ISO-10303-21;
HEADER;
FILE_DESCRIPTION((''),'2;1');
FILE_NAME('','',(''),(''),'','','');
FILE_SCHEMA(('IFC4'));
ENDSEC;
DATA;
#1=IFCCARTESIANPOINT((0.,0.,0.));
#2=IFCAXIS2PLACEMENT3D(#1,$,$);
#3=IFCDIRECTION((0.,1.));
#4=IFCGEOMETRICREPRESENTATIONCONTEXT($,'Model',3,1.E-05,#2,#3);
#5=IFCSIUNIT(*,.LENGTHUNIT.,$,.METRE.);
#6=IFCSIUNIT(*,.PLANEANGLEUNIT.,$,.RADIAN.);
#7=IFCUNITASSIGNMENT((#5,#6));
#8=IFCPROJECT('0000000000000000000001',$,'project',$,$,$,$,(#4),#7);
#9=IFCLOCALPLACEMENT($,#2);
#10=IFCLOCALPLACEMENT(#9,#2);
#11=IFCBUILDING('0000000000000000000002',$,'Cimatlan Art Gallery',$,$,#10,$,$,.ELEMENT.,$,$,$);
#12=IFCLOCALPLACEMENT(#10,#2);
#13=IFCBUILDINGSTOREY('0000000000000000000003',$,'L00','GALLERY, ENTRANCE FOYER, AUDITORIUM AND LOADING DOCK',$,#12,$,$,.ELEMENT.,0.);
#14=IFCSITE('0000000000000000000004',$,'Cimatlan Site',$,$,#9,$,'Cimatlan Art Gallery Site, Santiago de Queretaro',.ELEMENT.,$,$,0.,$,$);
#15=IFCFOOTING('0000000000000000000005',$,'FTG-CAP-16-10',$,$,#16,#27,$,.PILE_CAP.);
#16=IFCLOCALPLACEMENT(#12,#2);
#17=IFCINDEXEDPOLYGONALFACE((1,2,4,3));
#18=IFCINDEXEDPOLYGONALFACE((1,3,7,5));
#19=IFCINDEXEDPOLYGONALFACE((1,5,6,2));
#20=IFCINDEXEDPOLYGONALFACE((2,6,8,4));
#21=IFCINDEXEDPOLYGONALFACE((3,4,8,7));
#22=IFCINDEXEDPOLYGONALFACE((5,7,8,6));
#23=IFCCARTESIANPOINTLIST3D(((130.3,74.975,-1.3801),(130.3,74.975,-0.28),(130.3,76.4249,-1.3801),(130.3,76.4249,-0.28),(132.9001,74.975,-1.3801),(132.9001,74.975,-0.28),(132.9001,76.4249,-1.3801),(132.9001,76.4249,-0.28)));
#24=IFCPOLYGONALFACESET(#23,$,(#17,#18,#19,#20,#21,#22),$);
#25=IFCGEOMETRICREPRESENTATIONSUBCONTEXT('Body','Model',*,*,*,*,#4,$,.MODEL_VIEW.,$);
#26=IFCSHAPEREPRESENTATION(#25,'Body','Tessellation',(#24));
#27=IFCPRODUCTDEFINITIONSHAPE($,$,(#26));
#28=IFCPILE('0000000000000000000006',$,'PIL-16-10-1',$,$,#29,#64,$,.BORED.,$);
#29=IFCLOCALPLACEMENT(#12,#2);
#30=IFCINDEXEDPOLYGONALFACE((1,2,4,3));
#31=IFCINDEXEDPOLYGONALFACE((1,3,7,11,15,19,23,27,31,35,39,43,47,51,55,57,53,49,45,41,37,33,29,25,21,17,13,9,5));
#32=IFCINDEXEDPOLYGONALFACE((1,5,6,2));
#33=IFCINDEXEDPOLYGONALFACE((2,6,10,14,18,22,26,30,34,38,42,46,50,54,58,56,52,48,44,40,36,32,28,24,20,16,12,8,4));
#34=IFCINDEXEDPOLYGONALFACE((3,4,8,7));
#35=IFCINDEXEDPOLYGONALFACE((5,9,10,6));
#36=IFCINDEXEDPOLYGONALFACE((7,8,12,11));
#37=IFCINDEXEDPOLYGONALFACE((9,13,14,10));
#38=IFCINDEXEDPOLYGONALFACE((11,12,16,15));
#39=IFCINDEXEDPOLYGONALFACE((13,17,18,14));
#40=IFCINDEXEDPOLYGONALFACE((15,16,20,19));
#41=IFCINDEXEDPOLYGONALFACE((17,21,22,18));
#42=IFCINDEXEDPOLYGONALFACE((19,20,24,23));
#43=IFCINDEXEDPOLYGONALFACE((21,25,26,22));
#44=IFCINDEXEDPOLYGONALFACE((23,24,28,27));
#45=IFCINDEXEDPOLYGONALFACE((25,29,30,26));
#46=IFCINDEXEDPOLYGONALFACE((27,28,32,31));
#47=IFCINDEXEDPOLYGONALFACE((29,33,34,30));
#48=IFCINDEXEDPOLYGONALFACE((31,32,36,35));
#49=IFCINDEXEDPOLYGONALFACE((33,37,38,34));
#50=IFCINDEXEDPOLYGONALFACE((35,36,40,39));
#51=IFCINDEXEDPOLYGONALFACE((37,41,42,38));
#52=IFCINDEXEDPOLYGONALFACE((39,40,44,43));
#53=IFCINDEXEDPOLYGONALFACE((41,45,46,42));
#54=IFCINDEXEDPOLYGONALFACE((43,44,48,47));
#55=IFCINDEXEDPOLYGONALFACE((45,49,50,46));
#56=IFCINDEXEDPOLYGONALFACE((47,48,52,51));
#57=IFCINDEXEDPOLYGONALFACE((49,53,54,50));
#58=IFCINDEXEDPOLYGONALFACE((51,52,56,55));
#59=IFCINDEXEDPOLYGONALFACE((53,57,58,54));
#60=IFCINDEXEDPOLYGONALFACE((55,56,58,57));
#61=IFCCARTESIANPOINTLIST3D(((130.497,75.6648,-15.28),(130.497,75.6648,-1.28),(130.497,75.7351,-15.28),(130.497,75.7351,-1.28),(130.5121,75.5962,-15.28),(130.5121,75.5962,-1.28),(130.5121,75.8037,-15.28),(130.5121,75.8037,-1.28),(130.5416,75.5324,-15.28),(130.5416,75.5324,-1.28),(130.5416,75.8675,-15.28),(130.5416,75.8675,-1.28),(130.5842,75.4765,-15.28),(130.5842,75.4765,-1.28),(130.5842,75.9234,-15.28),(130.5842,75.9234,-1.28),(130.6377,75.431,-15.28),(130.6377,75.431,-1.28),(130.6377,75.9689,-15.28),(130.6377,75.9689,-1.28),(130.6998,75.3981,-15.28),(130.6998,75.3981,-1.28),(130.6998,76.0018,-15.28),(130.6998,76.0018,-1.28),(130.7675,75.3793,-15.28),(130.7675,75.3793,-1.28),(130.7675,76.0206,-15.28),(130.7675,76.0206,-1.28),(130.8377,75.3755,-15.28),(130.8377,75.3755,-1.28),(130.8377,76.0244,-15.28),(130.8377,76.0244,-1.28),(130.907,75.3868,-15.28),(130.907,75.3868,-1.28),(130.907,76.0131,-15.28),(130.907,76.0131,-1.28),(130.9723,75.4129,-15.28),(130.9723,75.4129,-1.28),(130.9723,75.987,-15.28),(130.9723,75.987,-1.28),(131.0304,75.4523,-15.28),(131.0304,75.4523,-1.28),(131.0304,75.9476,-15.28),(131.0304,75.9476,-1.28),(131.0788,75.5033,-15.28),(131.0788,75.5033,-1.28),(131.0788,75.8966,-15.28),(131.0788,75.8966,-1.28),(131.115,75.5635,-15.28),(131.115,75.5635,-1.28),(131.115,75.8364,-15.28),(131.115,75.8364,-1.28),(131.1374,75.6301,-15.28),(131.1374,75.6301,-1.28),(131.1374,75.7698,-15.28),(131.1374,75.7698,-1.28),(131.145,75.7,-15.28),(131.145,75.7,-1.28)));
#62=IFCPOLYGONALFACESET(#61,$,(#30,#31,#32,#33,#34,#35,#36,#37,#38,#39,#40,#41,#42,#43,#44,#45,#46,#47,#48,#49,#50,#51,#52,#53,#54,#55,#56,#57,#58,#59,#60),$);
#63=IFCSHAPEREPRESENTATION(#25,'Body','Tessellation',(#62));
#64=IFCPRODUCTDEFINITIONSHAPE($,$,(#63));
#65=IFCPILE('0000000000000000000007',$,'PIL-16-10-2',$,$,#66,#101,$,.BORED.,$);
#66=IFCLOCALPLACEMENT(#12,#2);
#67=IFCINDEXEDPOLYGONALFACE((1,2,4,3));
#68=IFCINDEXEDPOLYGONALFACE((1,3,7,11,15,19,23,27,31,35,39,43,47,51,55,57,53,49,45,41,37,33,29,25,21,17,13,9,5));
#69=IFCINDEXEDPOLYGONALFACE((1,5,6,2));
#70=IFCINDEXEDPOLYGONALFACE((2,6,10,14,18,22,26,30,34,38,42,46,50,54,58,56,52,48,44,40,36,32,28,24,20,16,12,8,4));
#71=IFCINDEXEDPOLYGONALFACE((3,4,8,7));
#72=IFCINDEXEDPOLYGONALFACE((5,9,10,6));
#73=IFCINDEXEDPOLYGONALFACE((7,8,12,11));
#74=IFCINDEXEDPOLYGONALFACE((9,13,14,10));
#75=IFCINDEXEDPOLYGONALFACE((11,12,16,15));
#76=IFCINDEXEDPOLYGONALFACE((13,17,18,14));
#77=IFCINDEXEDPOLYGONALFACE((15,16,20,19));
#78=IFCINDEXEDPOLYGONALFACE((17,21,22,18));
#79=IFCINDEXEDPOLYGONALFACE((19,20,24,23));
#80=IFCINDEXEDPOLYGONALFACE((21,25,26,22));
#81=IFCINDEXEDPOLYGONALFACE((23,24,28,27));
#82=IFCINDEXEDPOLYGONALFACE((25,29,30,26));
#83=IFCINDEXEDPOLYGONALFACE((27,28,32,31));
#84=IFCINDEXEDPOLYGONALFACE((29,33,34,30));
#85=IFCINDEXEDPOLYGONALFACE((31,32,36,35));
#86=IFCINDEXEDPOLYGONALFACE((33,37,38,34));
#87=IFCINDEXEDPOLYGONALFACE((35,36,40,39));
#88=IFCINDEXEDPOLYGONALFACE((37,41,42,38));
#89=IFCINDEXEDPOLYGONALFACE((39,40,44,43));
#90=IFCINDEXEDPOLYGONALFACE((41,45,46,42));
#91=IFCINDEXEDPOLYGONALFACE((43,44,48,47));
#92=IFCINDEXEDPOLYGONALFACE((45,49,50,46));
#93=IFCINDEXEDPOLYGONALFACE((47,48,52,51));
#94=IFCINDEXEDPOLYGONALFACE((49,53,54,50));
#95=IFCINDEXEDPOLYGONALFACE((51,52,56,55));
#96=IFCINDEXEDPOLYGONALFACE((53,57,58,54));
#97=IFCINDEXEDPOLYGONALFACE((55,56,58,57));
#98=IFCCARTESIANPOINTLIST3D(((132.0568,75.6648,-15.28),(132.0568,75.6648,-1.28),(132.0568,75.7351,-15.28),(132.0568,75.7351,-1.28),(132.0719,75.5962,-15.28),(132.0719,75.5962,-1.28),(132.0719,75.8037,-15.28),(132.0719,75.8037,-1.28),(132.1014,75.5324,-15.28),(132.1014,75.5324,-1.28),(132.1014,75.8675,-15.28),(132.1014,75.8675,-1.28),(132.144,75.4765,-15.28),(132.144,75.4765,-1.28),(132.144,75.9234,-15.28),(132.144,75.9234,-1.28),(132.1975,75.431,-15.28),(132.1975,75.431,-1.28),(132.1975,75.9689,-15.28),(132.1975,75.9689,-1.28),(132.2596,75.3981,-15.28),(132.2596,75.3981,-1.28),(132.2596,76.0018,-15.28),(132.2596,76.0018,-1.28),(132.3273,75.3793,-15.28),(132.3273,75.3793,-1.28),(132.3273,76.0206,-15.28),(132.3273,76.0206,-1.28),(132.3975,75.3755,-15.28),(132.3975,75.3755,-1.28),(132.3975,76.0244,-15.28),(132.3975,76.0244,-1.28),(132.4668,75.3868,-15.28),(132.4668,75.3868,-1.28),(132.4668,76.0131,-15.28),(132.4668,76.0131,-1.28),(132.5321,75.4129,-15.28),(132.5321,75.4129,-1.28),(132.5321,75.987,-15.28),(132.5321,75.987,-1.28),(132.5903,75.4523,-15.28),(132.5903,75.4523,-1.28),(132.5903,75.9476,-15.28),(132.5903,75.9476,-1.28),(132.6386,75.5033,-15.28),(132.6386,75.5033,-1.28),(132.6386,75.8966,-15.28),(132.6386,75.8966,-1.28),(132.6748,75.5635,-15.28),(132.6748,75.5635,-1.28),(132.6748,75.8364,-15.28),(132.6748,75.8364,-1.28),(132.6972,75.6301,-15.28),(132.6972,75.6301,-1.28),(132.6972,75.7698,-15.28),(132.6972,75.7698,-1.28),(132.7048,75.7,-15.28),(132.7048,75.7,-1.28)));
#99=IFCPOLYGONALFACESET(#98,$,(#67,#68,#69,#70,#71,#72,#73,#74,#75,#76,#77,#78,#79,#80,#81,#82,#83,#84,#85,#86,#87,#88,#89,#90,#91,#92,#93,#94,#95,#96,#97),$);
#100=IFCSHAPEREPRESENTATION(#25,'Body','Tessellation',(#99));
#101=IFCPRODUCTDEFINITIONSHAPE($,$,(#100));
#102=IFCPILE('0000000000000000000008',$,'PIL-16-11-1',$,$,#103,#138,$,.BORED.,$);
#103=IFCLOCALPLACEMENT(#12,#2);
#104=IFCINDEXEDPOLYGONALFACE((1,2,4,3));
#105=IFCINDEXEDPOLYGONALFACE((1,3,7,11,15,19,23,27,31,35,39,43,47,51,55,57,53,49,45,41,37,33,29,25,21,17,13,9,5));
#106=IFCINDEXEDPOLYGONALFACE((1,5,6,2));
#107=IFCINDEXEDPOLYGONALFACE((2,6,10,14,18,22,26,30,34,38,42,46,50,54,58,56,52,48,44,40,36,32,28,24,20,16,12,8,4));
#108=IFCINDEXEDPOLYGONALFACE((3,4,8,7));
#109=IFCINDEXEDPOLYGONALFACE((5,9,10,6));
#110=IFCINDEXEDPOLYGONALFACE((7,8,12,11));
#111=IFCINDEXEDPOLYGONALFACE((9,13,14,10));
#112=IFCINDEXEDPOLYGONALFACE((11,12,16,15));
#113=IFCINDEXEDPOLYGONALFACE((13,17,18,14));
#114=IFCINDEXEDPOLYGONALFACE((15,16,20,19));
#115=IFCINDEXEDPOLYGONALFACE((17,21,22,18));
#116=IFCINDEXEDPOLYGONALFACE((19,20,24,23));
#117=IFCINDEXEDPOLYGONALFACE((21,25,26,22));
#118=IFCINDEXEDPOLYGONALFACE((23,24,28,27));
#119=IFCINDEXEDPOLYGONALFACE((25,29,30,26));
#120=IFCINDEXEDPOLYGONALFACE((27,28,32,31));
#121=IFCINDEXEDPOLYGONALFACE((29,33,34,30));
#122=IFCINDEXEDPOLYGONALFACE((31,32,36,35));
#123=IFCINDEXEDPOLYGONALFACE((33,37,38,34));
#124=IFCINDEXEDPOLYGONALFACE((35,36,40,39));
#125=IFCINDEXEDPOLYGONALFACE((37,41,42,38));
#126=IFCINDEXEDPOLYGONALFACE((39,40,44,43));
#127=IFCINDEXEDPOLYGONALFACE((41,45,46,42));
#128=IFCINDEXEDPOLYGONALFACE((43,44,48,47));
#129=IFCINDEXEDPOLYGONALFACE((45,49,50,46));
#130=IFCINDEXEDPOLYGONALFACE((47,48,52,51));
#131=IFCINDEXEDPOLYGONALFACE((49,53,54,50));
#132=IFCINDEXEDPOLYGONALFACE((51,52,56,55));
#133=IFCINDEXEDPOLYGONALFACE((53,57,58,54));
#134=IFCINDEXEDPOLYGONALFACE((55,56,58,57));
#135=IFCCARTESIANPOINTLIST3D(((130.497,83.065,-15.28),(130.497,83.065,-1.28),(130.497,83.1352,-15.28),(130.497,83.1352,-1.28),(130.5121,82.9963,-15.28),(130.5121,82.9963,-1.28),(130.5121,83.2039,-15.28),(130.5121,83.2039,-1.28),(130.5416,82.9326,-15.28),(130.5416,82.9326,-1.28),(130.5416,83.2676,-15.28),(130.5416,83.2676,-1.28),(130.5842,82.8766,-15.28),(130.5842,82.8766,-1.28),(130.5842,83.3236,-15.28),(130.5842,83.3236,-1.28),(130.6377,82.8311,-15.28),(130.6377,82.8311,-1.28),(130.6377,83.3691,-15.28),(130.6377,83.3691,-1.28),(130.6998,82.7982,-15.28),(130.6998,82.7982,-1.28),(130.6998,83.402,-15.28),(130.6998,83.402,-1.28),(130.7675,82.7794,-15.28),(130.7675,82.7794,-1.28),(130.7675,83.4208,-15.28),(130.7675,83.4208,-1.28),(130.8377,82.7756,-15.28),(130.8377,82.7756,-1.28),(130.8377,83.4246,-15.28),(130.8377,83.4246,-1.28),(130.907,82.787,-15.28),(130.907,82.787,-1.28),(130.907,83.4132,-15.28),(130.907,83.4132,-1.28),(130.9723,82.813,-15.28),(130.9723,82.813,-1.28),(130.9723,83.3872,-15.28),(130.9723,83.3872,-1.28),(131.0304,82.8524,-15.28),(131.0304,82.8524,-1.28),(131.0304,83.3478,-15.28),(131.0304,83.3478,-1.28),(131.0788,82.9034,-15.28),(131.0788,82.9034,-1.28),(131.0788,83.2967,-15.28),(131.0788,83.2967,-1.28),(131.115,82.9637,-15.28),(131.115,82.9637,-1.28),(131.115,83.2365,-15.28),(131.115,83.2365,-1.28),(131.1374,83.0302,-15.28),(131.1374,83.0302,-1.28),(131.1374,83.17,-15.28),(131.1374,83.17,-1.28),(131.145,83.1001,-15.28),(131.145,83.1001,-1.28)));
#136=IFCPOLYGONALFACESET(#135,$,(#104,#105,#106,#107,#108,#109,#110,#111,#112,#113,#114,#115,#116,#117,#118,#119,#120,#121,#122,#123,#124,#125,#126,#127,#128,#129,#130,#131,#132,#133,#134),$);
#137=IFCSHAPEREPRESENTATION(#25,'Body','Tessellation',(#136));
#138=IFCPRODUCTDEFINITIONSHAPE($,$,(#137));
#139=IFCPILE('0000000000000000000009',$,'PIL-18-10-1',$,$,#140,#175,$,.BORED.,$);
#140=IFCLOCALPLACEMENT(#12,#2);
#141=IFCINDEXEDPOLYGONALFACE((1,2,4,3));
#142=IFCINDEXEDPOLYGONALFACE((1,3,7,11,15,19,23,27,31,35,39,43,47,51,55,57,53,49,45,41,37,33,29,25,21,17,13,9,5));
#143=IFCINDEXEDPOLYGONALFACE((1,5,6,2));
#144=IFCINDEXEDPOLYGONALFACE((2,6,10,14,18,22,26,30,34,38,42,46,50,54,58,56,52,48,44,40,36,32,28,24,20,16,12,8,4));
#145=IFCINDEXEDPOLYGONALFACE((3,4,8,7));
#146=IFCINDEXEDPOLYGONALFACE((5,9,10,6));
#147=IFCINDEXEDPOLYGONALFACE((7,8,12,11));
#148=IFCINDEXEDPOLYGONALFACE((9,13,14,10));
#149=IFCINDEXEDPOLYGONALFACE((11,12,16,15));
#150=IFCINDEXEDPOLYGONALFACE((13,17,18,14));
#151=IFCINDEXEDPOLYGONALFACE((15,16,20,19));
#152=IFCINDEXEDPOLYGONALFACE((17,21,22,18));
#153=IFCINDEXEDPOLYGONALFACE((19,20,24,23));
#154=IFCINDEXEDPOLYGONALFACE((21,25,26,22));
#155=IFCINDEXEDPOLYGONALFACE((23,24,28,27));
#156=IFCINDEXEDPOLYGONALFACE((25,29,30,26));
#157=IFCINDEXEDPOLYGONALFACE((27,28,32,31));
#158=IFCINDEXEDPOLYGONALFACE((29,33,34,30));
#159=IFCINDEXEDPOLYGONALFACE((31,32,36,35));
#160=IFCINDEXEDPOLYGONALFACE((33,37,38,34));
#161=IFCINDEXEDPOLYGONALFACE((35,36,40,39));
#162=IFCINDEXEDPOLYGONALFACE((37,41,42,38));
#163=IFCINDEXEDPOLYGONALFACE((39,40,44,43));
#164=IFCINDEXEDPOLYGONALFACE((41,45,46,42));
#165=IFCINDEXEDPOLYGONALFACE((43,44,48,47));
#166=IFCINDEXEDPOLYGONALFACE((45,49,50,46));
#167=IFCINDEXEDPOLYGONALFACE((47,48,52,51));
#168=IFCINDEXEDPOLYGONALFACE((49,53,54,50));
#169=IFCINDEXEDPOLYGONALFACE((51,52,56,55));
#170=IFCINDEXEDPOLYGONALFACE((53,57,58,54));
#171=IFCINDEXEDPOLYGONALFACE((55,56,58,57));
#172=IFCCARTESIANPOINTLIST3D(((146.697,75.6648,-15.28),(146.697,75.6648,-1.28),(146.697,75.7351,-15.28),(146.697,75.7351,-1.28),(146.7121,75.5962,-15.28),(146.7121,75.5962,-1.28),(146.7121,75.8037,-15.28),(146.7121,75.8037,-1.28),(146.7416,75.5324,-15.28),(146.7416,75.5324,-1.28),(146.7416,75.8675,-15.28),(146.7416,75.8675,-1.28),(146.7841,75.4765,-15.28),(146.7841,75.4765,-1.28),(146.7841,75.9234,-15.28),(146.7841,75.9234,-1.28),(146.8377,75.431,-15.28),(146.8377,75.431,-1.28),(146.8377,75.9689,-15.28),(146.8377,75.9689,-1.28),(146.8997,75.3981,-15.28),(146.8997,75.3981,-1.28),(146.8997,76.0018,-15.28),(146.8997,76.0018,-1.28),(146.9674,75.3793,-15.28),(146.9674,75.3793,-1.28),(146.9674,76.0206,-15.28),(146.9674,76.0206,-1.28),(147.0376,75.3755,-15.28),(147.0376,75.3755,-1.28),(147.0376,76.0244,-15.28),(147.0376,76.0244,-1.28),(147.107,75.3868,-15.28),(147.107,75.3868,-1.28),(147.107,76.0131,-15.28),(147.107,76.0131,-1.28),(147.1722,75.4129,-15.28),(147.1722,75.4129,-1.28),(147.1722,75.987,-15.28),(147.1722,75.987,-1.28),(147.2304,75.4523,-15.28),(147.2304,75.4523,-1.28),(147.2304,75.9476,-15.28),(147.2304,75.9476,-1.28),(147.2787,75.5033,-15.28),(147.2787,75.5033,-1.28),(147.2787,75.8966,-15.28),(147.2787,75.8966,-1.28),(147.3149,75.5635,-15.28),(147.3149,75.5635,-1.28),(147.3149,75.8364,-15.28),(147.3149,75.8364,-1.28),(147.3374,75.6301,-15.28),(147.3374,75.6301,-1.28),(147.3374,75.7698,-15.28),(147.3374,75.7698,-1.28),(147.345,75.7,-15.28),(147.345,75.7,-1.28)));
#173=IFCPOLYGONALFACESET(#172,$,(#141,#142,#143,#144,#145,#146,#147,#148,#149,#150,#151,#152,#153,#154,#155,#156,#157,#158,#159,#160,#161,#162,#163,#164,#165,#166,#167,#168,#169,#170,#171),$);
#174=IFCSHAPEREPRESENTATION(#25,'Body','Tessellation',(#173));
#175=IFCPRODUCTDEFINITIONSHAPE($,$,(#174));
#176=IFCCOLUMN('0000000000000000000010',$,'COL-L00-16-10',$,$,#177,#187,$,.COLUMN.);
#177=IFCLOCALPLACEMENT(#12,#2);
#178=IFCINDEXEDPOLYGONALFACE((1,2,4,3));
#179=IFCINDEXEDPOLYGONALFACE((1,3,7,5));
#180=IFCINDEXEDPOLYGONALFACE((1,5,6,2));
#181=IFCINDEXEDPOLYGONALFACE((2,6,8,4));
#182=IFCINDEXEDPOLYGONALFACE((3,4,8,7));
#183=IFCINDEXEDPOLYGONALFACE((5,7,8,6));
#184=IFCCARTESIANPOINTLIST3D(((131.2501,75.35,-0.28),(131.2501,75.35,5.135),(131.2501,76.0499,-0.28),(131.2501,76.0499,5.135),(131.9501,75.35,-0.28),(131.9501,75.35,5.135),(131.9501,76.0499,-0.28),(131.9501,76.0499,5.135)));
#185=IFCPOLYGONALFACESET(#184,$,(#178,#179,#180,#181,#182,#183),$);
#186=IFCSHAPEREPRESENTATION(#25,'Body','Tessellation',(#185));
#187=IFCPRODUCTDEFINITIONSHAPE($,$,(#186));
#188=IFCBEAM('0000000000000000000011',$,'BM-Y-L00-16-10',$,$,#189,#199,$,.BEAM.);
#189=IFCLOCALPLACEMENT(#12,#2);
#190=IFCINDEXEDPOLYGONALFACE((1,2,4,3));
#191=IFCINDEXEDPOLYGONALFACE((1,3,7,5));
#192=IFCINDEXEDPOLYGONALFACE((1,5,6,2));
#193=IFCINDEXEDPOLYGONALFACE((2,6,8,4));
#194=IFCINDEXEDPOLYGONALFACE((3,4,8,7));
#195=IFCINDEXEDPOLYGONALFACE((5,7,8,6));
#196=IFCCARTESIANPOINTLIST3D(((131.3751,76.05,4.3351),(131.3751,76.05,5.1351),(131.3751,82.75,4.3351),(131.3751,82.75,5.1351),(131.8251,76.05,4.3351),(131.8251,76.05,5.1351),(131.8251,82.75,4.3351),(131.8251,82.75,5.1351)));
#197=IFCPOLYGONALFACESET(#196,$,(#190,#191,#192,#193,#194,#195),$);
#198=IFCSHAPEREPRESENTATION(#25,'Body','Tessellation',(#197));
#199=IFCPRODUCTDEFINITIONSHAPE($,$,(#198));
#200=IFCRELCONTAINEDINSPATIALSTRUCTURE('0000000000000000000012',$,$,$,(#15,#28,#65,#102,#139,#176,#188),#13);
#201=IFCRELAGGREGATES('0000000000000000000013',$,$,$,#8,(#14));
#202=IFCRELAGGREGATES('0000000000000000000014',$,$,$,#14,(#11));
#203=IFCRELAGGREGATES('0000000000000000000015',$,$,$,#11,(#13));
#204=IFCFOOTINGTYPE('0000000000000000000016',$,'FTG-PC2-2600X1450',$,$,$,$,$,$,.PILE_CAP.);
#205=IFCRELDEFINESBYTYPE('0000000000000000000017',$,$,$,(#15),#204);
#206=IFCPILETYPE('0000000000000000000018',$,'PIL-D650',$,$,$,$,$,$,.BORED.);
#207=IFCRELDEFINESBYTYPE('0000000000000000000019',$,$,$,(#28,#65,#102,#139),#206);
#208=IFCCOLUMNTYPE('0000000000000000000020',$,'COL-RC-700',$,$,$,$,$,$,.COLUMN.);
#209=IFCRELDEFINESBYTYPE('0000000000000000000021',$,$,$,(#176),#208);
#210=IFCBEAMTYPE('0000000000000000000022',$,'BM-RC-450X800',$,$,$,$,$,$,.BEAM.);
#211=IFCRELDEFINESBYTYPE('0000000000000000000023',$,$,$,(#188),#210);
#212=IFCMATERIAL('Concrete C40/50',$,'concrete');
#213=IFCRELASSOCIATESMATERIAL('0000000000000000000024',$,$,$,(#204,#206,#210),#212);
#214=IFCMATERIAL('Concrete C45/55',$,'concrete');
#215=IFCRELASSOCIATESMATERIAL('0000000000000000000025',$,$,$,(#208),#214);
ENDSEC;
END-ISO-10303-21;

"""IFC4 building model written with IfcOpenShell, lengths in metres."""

from ifc_helpers import new_model, si_unit, direction, frame, origin, origin_2d, place, context, subcontext, project, spatial, rectangle, circle, extrude, material, material_profile, profile_set, type_object, element, save


model = new_model("IFC4")

# Units and contexts
model_context = context("Model", 3, precision=1e-05, world=origin(), true_north=direction((0.0, 1.0)))
body_context = subcontext(model_context, "Body", "Model", "MODEL_VIEW")
ifc_project = project(units=[si_unit("LENGTHUNIT", "METRE"), si_unit("PLANEANGLEUNIT", "RADIAN")], contexts=[model_context])

# Site, building, storey
site_placement = place(None, origin())
site = spatial("IfcSite", under=ifc_project, at=site_placement, Name="Cimatlan Site", LongName="Cimatlan Art Gallery Site, Santiago de Queretaro", CompositionType="ELEMENT", RefElevation=0.0)
building_placement = place(site_placement, origin())
building = spatial("IfcBuilding", under=site, at=building_placement, Name="Cimatlan Art Gallery", CompositionType="ELEMENT")
storey_placement = place(building_placement, origin())
storey = spatial("IfcBuildingStorey", under=building, at=storey_placement, Name="L00", Description="GALLERY, ENTRANCE FOYER, AUDITORIUM AND LOADING DOCK", CompositionType="ELEMENT", Elevation=0.0)

# Footing
ifc_material_1 = material(Name="Concrete C40/50", Category="concrete")
footing_type = type_object("IfcFootingType", Name="FTG-PC2-2600X1450", PredefinedType="PILE_CAP", material=ifc_material_1)
footing_placement = place(storey_placement, frame((131.6001, 75.7, -1.3801), z_axis=(0.0, 0.0, 1.0), x_axis=(1.0, 0.0, 0.0)))
element("IfcFooting", 1, at=footing_placement, inside=storey, type_object=footing_type, Name="FTG-CAP-16-10", PredefinedType="PILE_CAP", context=body_context, shape_type="SweptSolid", body=[
    extrude(rectangle(XDim=2.6001, YDim=1.45, at=origin_2d()), origin(), (0.0, 0.0, 1.0), 1.1001),
])

# Piles
pile_type = type_object("IfcPileType", Name="PIL-D650", PredefinedType="BORED", material=ifc_material_1)
for number, where, z_axis, x_axis, name in (
    (2, (130.8201, 75.7, -1.28), (0.0, 0.0, -1.0), (1.0, 0.0, 0.0), "PIL-16-10-1"),
    (3, (132.3799, 75.7, -1.28), (0.0, 0.0, -1.0), (1.0, 0.0, 0.0), "PIL-16-10-2"),
    (4, (130.8201, 83.1001, -1.28), (0.0, 0.0, -1.0), (1.0, 0.0, 0.0), "PIL-16-11-1"),
    (5, (147.02, 75.7, -1.28), (0.0, 0.0, -1.0), (1.0, 0.0, 0.0), "PIL-18-10-1"),
):
    element("IfcPile", number, at=place(storey_placement, frame(where, z_axis=z_axis, x_axis=x_axis)), inside=storey, type_object=pile_type, Name=name, PredefinedType="BORED", context=body_context, shape_type="SweptSolid", body=[
        extrude(circle(Radius=0.325, at=origin_2d()), origin(), (0.0, 0.0, 1.0), 14.0),
    ])

# Column
ifc_material_2 = material(Name="Concrete C45/55", Category="concrete")
ifc_material_profile_1 = material_profile(ifc_material_2, rectangle(XDim=0.7, YDim=0.7, at=origin_2d()), Name="RC700X700")
ifc_profile_set_1 = profile_set([ifc_material_profile_1], Name="Concrete C45/55")
column_type = type_object("IfcColumnType", Name="COL-RC-700", PredefinedType="COLUMN", material=ifc_profile_set_1)
column_placement = place(storey_placement, frame((131.6001, 75.7, -0.28), z_axis=(0.0, 0.0, 1.0), x_axis=(1.0, 0.0, 0.0)))
element("IfcColumn", 6, at=column_placement, inside=storey, type_object=column_type, Name="COL-L00-16-10", PredefinedType="COLUMN", context=body_context, shape_type="SweptSolid", body=[
    extrude(rectangle(XDim=0.7, YDim=0.7, at=origin_2d()), origin(), (0.0, 0.0, 1.0), 5.415),
])

# Beam
ifc_material_profile_2 = material_profile(ifc_material_1, rectangle(XDim=0.45, YDim=0.8, at=origin_2d()), Name="RC450X800")
ifc_profile_set_2 = profile_set([ifc_material_profile_2], Name="Concrete C40/50")
beam_type = type_object("IfcBeamType", Name="BM-RC-450X800", PredefinedType="BEAM", material=ifc_profile_set_2)
beam_placement = place(storey_placement, frame((131.6001, 76.05, 4.7351), z_axis=(0.0, 1.0, 0.0), x_axis=(-1.0, 0.0, 0.0)))
element("IfcBeam", 7, at=beam_placement, inside=storey, type_object=beam_type, Name="BM-Y-L00-16-10", PredefinedType="BEAM", context=body_context, shape_type="SweptSolid", body=[
    extrude(rectangle(XDim=0.45, YDim=0.8, at=origin_2d()), origin(), (0.0, 0.0, 1.0), 6.7),
])

save(model, "model.ifc")
